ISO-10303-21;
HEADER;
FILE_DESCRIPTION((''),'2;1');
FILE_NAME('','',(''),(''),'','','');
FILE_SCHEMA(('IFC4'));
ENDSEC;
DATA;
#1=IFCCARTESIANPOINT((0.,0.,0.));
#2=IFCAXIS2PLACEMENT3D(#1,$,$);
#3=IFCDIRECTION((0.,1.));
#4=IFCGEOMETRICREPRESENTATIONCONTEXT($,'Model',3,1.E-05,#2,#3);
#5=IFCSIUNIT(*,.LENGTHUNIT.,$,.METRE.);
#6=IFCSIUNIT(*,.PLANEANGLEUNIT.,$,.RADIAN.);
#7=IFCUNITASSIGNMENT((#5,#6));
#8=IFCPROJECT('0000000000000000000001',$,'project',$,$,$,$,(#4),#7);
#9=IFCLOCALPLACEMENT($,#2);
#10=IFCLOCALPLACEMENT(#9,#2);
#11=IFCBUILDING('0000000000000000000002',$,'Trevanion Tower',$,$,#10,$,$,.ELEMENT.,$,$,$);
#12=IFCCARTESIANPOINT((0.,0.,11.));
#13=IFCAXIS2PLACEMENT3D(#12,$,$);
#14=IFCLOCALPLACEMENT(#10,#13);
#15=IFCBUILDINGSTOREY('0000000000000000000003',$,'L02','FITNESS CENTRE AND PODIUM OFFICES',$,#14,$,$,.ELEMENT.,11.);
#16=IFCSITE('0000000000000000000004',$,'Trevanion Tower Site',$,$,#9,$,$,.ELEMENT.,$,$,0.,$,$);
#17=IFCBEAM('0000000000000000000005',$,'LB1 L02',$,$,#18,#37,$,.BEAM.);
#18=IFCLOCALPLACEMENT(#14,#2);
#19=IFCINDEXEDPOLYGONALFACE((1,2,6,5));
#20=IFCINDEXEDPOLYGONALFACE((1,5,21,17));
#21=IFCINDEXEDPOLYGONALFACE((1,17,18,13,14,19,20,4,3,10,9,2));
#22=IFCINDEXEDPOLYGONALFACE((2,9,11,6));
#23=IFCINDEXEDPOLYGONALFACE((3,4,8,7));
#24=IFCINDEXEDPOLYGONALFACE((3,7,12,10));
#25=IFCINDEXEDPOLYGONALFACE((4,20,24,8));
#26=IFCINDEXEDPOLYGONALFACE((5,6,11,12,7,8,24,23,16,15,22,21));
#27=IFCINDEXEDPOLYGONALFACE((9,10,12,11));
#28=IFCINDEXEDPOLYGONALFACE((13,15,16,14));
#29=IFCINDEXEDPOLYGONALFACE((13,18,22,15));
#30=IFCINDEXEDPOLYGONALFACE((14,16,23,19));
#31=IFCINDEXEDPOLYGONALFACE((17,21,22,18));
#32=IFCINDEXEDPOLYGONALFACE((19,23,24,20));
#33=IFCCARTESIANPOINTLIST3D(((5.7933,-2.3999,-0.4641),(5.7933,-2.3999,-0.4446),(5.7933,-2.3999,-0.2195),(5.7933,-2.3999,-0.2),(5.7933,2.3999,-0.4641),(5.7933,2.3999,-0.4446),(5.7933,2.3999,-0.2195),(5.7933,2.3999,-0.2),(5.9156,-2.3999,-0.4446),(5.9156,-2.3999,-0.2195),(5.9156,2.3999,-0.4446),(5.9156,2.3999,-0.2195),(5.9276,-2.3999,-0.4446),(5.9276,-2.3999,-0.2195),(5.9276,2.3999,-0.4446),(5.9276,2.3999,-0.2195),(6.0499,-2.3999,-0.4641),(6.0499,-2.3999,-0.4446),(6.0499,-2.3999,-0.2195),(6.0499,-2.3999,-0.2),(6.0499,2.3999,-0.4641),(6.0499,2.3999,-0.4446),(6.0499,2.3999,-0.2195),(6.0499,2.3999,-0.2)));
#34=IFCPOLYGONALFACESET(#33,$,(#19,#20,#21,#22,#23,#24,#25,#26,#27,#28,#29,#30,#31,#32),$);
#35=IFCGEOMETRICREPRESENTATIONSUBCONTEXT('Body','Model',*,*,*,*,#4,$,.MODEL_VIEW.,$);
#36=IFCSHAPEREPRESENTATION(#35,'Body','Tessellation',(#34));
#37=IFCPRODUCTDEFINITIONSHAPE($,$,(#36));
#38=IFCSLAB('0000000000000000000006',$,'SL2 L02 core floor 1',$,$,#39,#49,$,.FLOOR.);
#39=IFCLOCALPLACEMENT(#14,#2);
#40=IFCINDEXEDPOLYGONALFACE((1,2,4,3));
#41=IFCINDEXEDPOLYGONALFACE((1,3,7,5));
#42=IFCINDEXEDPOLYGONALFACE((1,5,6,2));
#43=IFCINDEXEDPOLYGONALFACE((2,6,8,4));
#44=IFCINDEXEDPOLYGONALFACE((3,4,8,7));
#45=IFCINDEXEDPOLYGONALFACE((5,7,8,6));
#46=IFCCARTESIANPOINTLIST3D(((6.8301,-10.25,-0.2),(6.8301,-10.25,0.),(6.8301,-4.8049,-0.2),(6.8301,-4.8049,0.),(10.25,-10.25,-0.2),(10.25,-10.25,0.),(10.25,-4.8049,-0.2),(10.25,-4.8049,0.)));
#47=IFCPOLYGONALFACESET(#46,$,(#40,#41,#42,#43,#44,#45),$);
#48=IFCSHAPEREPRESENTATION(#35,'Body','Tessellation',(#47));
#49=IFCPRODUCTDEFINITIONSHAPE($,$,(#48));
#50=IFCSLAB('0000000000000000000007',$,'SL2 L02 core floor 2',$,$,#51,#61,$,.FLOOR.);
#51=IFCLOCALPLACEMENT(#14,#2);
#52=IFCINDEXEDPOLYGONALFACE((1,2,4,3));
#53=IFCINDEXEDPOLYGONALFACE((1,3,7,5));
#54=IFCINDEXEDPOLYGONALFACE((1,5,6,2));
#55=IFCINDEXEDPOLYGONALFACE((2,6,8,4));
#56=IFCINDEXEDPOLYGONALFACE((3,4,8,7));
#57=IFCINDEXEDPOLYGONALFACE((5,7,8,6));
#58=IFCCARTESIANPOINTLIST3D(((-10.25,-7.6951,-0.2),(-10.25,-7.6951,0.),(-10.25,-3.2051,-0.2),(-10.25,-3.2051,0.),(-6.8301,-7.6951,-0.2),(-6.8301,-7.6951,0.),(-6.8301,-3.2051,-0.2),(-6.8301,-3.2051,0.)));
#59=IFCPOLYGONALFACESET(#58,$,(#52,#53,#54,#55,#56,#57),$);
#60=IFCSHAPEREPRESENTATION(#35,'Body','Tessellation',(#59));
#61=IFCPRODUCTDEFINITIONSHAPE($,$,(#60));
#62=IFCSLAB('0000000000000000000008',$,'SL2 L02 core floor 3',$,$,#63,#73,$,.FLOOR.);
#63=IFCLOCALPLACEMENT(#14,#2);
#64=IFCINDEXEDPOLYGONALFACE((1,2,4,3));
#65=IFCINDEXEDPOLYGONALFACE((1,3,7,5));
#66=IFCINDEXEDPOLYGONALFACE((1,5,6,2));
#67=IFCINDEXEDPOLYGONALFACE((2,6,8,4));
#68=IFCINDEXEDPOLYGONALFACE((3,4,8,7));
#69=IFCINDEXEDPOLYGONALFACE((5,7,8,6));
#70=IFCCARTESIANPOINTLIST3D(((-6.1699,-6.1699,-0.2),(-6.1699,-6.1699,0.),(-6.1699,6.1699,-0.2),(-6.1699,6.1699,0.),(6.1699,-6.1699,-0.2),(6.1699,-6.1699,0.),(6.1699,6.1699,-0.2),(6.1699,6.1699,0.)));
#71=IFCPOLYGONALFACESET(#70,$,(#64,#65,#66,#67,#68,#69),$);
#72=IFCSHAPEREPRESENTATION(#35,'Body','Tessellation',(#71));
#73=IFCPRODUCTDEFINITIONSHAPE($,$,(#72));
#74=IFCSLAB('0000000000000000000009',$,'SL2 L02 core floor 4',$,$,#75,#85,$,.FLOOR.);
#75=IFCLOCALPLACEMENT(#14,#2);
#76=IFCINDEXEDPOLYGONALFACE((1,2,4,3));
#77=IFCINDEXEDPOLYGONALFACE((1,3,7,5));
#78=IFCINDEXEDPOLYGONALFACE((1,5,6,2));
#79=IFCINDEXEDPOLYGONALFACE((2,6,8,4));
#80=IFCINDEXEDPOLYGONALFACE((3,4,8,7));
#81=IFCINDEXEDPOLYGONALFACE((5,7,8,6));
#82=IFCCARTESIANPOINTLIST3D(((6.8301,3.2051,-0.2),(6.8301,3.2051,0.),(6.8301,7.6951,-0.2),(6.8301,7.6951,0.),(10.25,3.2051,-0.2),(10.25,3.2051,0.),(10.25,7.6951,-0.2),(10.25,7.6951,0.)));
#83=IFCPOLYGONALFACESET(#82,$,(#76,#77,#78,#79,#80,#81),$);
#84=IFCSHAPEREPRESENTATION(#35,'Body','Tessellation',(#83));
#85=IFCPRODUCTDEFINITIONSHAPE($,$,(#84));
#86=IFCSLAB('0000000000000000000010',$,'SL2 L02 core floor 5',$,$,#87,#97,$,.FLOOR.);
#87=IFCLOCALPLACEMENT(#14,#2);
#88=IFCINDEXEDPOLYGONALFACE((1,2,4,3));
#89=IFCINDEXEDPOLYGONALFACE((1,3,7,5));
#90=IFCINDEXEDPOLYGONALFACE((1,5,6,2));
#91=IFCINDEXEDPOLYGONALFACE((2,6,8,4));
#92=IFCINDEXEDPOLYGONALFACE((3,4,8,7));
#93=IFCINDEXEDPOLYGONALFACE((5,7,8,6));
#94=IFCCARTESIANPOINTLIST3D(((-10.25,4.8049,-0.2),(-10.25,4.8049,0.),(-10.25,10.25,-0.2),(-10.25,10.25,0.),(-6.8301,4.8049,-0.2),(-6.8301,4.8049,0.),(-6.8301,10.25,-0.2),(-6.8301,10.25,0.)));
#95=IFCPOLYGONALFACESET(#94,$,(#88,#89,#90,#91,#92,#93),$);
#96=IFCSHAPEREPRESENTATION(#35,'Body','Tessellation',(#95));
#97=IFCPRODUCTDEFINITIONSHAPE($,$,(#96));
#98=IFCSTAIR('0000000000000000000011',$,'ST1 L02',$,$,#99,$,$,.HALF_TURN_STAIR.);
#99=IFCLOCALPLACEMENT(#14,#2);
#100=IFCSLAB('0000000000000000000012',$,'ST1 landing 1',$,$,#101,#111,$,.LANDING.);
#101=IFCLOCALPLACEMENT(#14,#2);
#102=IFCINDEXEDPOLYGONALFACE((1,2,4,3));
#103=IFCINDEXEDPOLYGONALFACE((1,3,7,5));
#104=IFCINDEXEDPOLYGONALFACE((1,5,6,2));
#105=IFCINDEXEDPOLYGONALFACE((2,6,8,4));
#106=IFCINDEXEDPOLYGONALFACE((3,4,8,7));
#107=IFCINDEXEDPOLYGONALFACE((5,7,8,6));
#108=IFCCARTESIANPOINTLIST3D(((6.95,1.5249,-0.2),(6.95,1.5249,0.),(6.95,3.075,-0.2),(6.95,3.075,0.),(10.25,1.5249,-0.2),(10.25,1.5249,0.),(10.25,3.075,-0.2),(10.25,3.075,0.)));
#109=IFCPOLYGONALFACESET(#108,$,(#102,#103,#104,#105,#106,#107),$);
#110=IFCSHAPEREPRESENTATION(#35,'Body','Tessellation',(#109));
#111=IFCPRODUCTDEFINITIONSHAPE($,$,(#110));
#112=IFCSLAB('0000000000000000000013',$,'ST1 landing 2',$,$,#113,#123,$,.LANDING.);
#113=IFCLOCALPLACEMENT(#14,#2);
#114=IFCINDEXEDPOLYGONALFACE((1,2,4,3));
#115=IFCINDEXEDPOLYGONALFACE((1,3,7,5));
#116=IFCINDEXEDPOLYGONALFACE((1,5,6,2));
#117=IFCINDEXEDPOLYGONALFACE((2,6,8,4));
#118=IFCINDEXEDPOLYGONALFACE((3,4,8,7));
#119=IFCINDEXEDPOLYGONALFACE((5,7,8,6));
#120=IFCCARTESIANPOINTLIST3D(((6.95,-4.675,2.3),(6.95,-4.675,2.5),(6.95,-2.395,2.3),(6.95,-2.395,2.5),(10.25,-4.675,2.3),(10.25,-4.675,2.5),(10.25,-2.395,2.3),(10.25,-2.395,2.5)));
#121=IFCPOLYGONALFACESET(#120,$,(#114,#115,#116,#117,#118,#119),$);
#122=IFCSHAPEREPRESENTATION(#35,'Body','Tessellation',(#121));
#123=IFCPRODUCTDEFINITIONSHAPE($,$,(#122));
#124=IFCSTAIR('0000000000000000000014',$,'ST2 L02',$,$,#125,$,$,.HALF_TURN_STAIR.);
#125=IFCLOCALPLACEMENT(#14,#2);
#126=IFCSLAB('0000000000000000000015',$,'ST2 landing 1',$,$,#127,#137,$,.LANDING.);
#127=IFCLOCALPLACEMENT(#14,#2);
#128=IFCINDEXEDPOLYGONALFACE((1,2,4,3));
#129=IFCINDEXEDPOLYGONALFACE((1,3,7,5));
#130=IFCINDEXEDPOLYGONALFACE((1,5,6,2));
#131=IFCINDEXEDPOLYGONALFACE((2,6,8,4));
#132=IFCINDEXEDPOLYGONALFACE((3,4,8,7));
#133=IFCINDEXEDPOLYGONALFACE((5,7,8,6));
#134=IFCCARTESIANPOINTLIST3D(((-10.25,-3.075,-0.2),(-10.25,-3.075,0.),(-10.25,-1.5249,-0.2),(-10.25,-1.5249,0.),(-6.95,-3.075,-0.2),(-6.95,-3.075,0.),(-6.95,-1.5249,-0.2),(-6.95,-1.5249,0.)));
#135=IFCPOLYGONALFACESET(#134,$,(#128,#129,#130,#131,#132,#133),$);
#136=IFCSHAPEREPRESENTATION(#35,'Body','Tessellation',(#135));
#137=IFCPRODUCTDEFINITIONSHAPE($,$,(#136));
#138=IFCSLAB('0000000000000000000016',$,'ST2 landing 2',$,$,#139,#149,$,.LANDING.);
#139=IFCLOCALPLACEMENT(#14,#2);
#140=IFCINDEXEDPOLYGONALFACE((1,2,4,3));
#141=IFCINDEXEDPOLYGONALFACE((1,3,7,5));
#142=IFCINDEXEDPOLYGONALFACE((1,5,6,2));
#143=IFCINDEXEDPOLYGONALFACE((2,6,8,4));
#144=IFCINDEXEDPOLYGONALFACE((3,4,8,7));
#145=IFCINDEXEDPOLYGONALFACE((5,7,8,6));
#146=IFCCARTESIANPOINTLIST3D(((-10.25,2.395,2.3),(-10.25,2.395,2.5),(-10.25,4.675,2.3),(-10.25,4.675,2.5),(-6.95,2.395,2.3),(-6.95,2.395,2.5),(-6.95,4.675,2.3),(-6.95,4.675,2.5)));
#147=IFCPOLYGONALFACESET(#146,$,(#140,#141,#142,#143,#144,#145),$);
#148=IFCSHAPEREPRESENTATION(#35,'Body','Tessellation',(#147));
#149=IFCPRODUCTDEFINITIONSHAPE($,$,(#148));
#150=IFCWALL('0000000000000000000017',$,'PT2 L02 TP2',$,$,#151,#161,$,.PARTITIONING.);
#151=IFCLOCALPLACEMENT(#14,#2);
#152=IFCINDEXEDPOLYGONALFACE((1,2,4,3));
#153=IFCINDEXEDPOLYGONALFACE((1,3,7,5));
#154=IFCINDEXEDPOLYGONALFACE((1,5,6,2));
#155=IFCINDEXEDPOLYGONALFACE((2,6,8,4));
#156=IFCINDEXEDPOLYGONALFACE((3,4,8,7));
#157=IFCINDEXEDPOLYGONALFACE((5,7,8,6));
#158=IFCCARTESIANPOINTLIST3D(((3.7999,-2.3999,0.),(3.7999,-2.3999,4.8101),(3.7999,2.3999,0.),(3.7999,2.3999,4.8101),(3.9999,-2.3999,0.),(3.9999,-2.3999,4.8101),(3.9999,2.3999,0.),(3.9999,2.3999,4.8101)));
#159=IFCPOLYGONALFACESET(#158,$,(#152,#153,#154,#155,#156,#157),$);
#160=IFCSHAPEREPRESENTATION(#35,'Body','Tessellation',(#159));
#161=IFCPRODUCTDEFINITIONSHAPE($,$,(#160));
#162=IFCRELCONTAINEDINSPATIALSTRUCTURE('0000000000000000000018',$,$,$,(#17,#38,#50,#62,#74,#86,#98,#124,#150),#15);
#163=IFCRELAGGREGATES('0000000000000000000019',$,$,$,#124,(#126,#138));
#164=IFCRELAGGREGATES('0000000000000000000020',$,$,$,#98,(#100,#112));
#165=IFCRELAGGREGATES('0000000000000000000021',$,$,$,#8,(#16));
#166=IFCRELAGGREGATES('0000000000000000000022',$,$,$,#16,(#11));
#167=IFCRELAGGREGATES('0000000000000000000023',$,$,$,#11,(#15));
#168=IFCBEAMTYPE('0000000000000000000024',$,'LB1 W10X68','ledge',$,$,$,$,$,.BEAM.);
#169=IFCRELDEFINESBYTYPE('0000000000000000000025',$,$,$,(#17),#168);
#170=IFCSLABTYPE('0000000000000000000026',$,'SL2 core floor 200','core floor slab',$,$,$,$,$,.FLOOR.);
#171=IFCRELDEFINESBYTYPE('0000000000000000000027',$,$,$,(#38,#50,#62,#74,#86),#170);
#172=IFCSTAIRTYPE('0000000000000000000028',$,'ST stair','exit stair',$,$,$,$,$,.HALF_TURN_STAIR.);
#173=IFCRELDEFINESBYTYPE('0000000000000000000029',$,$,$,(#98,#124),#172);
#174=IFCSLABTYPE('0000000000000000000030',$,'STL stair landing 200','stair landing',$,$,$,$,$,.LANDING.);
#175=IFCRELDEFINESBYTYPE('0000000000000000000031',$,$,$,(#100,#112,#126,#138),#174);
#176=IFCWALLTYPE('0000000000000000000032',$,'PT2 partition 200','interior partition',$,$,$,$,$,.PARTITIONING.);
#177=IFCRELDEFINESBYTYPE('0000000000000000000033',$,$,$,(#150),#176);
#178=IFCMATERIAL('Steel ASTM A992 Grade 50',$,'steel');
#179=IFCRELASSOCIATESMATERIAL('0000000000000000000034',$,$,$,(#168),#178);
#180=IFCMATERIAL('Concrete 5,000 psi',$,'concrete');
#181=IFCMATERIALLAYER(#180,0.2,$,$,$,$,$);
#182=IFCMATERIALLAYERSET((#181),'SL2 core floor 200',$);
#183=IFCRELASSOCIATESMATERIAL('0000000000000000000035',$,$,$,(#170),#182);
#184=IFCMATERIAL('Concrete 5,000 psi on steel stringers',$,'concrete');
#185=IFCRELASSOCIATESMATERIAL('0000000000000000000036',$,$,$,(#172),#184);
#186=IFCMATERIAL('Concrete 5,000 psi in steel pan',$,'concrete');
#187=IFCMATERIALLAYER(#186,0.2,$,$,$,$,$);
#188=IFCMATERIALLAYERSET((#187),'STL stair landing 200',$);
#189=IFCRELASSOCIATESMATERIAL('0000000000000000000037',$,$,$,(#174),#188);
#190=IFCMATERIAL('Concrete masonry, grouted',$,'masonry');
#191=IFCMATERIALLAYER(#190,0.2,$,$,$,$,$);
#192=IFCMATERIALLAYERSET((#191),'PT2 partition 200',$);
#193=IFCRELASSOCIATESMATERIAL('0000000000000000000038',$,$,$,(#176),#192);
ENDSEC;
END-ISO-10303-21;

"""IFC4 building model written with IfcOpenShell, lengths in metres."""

from ifc_helpers import new_model, si_unit, direction, frame, frame_2d, origin, origin_2d, place, context, subcontext, project, spatial, polyline, rectangle, i_section, outline, extrude, material, layer, layer_set, material_profile, profile_set, type_object, element, aggregate, save


model = new_model("IFC4")

# Units and contexts
model_context = context("Model", 3, precision=1e-05, world=origin(), true_north=direction((0.0, 1.0)))
body_context = subcontext(model_context, "Body", "Model", "MODEL_VIEW")
ifc_project = project(units=[si_unit("LENGTHUNIT", "METRE"), si_unit("PLANEANGLEUNIT", "RADIAN")], contexts=[model_context])

# Site, building, storey
site_placement = place(None, origin())
site = spatial("IfcSite", under=ifc_project, at=site_placement, Name="Trevanion Tower Site", CompositionType="ELEMENT", RefElevation=0.0)
building_placement = place(site_placement, origin())
building = spatial("IfcBuilding", under=site, at=building_placement, Name="Trevanion Tower", CompositionType="ELEMENT")
storey_placement = place(building_placement, frame((0.0, 0.0, 11.0)))
storey = spatial("IfcBuildingStorey", under=building, at=storey_placement, Name="L02", Description="FITNESS CENTRE AND PODIUM OFFICES", CompositionType="ELEMENT", Elevation=11.0)

# Beam
ifc_material_1 = material(Name="Steel ASTM A992 Grade 50", Category="steel")
ifc_material_profile = material_profile(ifc_material_1, i_section(OverallWidth=0.2566, OverallDepth=0.2642, WebThickness=0.012, FlangeThickness=0.0195, at=origin_2d()), Name="W10X68")
ifc_profile_set = profile_set([ifc_material_profile], Name="Steel ASTM A992 Grade 50")
beam_type = type_object("IfcBeamType", Name="LB1 W10X68", Description="ledge", PredefinedType="BEAM", material=ifc_profile_set)
beam_placement = place(storey_placement, frame((5.9216, -2.3999, -0.332), z_axis=(0.0, 1.0, 0.0), x_axis=(-1.0, 0.0, 0.0)))
element("IfcBeam", 1, at=beam_placement, inside=storey, type_object=beam_type, Name="LB1 L02", PredefinedType="BEAM", context=body_context, shape_type="SweptSolid", body=[
    extrude(i_section(OverallWidth=0.2566, OverallDepth=0.2642, WebThickness=0.012, FlangeThickness=0.0195, at=origin_2d()), origin(), (0.0, 0.0, 1.0), 4.7998),
])

# Slabs
ifc_material_2 = material(Name="Concrete 5,000 psi", Category="concrete")
ifc_layer_1 = layer(ifc_material_2, 0.2)
ifc_layer_set_1 = layer_set([ifc_layer_1], Name="SL2 core floor 200")
slab_type_1 = type_object("IfcSlabType", Name="SL2 core floor 200", Description="core floor slab", PredefinedType="FLOOR", material=ifc_layer_set_1)
slab_1_placement = place(storey_placement, frame((0.0, 0.0, -0.2)))
element("IfcSlab", 2, at=slab_1_placement, inside=storey, type_object=slab_type_1, Name="SL2 L02 core floor 1", PredefinedType="FLOOR", context=body_context, shape_type="SweptSolid", body=[
    extrude(outline(polyline([(10.25, -4.8049), (10.25, -10.25), (6.8301, -10.25), (6.8301, -4.8049), (10.25, -4.8049)])), origin(), (0.0, 0.0, 1.0), 0.2),
])
slab_2_placement = place(storey_placement, frame((0.0, 0.0, -0.2)))
element("IfcSlab", 3, at=slab_2_placement, inside=storey, type_object=slab_type_1, Name="SL2 L02 core floor 2", PredefinedType="FLOOR", context=body_context, shape_type="SweptSolid", body=[
    extrude(outline(polyline([(-6.8301, -3.2051), (-6.8301, -7.6951), (-10.25, -7.6951), (-10.25, -3.2051), (-6.8301, -3.2051)])), origin(), (0.0, 0.0, 1.0), 0.2),
])
slab_3_placement = place(storey_placement, frame((0.0, 0.0, -0.2)))
element("IfcSlab", 4, at=slab_3_placement, inside=storey, type_object=slab_type_1, Name="SL2 L02 core floor 3", PredefinedType="FLOOR", context=body_context, shape_type="SweptSolid", body=[
    extrude(outline(polyline([(6.1699, -6.1699), (-6.1699, -6.1699), (-6.1699, 6.1699), (6.1699, 6.1699), (6.1699, -6.1699)])), origin(), (0.0, 0.0, 1.0), 0.2),
])
slab_4_placement = place(storey_placement, frame((0.0, 0.0, -0.2)))
element("IfcSlab", 5, at=slab_4_placement, inside=storey, type_object=slab_type_1, Name="SL2 L02 core floor 4", PredefinedType="FLOOR", context=body_context, shape_type="SweptSolid", body=[
    extrude(outline(polyline([(6.8301, 3.2051), (6.8301, 7.6951), (10.25, 7.6951), (10.25, 3.2051), (6.8301, 3.2051)])), origin(), (0.0, 0.0, 1.0), 0.2),
])
slab_5_placement = place(storey_placement, frame((0.0, 0.0, -0.2)))
element("IfcSlab", 6, at=slab_5_placement, inside=storey, type_object=slab_type_1, Name="SL2 L02 core floor 5", PredefinedType="FLOOR", context=body_context, shape_type="SweptSolid", body=[
    extrude(outline(polyline([(-6.8301, 4.8049), (-10.25, 4.8049), (-10.25, 10.25), (-6.8301, 10.25), (-6.8301, 4.8049)])), origin(), (0.0, 0.0, 1.0), 0.2),
])

# Stairs, slabs
ifc_material_3 = material(Name="Concrete 5,000 psi on steel stringers", Category="concrete")
stair_type = type_object("IfcStairType", Name="ST stair", Description="exit stair", PredefinedType="HALF_TURN_STAIR", material=ifc_material_3)
stair_1_placement = place(storey_placement, origin())
stair_1 = element("IfcStair", 7, at=stair_1_placement, inside=storey, type_object=stair_type, Name="ST1 L02", PredefinedType="HALF_TURN_STAIR")
ifc_material_4 = material(Name="Concrete 5,000 psi in steel pan", Category="concrete")
ifc_layer_2 = layer(ifc_material_4, 0.2)
ifc_layer_set_2 = layer_set([ifc_layer_2], Name="STL stair landing 200")
slab_type_2 = type_object("IfcSlabType", Name="STL stair landing 200", Description="stair landing", PredefinedType="LANDING", material=ifc_layer_set_2)
slab_6_placement = place(storey_placement, frame((0.0, 0.0, -0.2)))
slab_6 = element("IfcSlab", 8, at=slab_6_placement, type_object=slab_type_2, Name="ST1 landing 1", PredefinedType="LANDING", context=body_context, shape_type="SweptSolid", body=[
    extrude(outline(polyline([(6.95, 1.5249), (10.25, 1.5249), (10.25, 3.075), (6.95, 3.075), (6.95, 1.5249)])), origin(), (0.0, 0.0, 1.0), 0.2),
])
slab_7_placement = place(storey_placement, frame((0.0, 0.0, 2.3)))
slab_7 = element("IfcSlab", 9, at=slab_7_placement, type_object=slab_type_2, Name="ST1 landing 2", PredefinedType="LANDING", context=body_context, shape_type="SweptSolid", body=[
    extrude(outline(polyline([(6.95, -4.675), (10.25, -4.675), (10.25, -2.395), (6.95, -2.395), (6.95, -4.675)])), origin(), (0.0, 0.0, 1.0), 0.2),
])
stair_2_placement = place(storey_placement, origin())
stair_2 = element("IfcStair", 10, at=stair_2_placement, inside=storey, type_object=stair_type, Name="ST2 L02", PredefinedType="HALF_TURN_STAIR")
slab_8_placement = place(storey_placement, frame((0.0, 0.0, -0.2)))
slab_8 = element("IfcSlab", 11, at=slab_8_placement, type_object=slab_type_2, Name="ST2 landing 1", PredefinedType="LANDING", context=body_context, shape_type="SweptSolid", body=[
    extrude(outline(polyline([(-6.95, -1.5249), (-10.25, -1.5249), (-10.25, -3.075), (-6.95, -3.075), (-6.95, -1.5249)])), origin(), (0.0, 0.0, 1.0), 0.2),
])
slab_9_placement = place(storey_placement, frame((0.0, 0.0, 2.3)))
slab_9 = element("IfcSlab", 12, at=slab_9_placement, type_object=slab_type_2, Name="ST2 landing 2", PredefinedType="LANDING", context=body_context, shape_type="SweptSolid", body=[
    extrude(outline(polyline([(-6.95, 4.675), (-10.25, 4.675), (-10.25, 2.395), (-6.95, 2.395), (-6.95, 4.675)])), origin(), (0.0, 0.0, 1.0), 0.2),
])
aggregate(stair_2, [slab_8, slab_9])

# Wall
ifc_material_5 = material(Name="Concrete masonry, grouted", Category="masonry")
ifc_layer_3 = layer(ifc_material_5, 0.2)
ifc_layer_set_3 = layer_set([ifc_layer_3], Name="PT2 partition 200")
wall_type = type_object("IfcWallType", Name="PT2 partition 200", Description="interior partition", PredefinedType="PARTITIONING", material=ifc_layer_set_3)
wall_placement = place(storey_placement, frame((3.8999, -2.3999, 0.0), z_axis=(0.0, 0.0, 1.0), x_axis=(0.0, 1.0, 0.0)))
element("IfcWall", 13, at=wall_placement, inside=storey, type_object=wall_type, Name="PT2 L02 TP2", PredefinedType="PARTITIONING", context=body_context, shape_type="SweptSolid", body=[
    extrude(rectangle(XDim=4.7998, YDim=0.2, at=frame_2d((2.3999, 0.0))), origin(), (0.0, 0.0, 1.0), 4.8101),
])

aggregate(stair_1, [slab_6, slab_7])

save(model, "model.ifc")
